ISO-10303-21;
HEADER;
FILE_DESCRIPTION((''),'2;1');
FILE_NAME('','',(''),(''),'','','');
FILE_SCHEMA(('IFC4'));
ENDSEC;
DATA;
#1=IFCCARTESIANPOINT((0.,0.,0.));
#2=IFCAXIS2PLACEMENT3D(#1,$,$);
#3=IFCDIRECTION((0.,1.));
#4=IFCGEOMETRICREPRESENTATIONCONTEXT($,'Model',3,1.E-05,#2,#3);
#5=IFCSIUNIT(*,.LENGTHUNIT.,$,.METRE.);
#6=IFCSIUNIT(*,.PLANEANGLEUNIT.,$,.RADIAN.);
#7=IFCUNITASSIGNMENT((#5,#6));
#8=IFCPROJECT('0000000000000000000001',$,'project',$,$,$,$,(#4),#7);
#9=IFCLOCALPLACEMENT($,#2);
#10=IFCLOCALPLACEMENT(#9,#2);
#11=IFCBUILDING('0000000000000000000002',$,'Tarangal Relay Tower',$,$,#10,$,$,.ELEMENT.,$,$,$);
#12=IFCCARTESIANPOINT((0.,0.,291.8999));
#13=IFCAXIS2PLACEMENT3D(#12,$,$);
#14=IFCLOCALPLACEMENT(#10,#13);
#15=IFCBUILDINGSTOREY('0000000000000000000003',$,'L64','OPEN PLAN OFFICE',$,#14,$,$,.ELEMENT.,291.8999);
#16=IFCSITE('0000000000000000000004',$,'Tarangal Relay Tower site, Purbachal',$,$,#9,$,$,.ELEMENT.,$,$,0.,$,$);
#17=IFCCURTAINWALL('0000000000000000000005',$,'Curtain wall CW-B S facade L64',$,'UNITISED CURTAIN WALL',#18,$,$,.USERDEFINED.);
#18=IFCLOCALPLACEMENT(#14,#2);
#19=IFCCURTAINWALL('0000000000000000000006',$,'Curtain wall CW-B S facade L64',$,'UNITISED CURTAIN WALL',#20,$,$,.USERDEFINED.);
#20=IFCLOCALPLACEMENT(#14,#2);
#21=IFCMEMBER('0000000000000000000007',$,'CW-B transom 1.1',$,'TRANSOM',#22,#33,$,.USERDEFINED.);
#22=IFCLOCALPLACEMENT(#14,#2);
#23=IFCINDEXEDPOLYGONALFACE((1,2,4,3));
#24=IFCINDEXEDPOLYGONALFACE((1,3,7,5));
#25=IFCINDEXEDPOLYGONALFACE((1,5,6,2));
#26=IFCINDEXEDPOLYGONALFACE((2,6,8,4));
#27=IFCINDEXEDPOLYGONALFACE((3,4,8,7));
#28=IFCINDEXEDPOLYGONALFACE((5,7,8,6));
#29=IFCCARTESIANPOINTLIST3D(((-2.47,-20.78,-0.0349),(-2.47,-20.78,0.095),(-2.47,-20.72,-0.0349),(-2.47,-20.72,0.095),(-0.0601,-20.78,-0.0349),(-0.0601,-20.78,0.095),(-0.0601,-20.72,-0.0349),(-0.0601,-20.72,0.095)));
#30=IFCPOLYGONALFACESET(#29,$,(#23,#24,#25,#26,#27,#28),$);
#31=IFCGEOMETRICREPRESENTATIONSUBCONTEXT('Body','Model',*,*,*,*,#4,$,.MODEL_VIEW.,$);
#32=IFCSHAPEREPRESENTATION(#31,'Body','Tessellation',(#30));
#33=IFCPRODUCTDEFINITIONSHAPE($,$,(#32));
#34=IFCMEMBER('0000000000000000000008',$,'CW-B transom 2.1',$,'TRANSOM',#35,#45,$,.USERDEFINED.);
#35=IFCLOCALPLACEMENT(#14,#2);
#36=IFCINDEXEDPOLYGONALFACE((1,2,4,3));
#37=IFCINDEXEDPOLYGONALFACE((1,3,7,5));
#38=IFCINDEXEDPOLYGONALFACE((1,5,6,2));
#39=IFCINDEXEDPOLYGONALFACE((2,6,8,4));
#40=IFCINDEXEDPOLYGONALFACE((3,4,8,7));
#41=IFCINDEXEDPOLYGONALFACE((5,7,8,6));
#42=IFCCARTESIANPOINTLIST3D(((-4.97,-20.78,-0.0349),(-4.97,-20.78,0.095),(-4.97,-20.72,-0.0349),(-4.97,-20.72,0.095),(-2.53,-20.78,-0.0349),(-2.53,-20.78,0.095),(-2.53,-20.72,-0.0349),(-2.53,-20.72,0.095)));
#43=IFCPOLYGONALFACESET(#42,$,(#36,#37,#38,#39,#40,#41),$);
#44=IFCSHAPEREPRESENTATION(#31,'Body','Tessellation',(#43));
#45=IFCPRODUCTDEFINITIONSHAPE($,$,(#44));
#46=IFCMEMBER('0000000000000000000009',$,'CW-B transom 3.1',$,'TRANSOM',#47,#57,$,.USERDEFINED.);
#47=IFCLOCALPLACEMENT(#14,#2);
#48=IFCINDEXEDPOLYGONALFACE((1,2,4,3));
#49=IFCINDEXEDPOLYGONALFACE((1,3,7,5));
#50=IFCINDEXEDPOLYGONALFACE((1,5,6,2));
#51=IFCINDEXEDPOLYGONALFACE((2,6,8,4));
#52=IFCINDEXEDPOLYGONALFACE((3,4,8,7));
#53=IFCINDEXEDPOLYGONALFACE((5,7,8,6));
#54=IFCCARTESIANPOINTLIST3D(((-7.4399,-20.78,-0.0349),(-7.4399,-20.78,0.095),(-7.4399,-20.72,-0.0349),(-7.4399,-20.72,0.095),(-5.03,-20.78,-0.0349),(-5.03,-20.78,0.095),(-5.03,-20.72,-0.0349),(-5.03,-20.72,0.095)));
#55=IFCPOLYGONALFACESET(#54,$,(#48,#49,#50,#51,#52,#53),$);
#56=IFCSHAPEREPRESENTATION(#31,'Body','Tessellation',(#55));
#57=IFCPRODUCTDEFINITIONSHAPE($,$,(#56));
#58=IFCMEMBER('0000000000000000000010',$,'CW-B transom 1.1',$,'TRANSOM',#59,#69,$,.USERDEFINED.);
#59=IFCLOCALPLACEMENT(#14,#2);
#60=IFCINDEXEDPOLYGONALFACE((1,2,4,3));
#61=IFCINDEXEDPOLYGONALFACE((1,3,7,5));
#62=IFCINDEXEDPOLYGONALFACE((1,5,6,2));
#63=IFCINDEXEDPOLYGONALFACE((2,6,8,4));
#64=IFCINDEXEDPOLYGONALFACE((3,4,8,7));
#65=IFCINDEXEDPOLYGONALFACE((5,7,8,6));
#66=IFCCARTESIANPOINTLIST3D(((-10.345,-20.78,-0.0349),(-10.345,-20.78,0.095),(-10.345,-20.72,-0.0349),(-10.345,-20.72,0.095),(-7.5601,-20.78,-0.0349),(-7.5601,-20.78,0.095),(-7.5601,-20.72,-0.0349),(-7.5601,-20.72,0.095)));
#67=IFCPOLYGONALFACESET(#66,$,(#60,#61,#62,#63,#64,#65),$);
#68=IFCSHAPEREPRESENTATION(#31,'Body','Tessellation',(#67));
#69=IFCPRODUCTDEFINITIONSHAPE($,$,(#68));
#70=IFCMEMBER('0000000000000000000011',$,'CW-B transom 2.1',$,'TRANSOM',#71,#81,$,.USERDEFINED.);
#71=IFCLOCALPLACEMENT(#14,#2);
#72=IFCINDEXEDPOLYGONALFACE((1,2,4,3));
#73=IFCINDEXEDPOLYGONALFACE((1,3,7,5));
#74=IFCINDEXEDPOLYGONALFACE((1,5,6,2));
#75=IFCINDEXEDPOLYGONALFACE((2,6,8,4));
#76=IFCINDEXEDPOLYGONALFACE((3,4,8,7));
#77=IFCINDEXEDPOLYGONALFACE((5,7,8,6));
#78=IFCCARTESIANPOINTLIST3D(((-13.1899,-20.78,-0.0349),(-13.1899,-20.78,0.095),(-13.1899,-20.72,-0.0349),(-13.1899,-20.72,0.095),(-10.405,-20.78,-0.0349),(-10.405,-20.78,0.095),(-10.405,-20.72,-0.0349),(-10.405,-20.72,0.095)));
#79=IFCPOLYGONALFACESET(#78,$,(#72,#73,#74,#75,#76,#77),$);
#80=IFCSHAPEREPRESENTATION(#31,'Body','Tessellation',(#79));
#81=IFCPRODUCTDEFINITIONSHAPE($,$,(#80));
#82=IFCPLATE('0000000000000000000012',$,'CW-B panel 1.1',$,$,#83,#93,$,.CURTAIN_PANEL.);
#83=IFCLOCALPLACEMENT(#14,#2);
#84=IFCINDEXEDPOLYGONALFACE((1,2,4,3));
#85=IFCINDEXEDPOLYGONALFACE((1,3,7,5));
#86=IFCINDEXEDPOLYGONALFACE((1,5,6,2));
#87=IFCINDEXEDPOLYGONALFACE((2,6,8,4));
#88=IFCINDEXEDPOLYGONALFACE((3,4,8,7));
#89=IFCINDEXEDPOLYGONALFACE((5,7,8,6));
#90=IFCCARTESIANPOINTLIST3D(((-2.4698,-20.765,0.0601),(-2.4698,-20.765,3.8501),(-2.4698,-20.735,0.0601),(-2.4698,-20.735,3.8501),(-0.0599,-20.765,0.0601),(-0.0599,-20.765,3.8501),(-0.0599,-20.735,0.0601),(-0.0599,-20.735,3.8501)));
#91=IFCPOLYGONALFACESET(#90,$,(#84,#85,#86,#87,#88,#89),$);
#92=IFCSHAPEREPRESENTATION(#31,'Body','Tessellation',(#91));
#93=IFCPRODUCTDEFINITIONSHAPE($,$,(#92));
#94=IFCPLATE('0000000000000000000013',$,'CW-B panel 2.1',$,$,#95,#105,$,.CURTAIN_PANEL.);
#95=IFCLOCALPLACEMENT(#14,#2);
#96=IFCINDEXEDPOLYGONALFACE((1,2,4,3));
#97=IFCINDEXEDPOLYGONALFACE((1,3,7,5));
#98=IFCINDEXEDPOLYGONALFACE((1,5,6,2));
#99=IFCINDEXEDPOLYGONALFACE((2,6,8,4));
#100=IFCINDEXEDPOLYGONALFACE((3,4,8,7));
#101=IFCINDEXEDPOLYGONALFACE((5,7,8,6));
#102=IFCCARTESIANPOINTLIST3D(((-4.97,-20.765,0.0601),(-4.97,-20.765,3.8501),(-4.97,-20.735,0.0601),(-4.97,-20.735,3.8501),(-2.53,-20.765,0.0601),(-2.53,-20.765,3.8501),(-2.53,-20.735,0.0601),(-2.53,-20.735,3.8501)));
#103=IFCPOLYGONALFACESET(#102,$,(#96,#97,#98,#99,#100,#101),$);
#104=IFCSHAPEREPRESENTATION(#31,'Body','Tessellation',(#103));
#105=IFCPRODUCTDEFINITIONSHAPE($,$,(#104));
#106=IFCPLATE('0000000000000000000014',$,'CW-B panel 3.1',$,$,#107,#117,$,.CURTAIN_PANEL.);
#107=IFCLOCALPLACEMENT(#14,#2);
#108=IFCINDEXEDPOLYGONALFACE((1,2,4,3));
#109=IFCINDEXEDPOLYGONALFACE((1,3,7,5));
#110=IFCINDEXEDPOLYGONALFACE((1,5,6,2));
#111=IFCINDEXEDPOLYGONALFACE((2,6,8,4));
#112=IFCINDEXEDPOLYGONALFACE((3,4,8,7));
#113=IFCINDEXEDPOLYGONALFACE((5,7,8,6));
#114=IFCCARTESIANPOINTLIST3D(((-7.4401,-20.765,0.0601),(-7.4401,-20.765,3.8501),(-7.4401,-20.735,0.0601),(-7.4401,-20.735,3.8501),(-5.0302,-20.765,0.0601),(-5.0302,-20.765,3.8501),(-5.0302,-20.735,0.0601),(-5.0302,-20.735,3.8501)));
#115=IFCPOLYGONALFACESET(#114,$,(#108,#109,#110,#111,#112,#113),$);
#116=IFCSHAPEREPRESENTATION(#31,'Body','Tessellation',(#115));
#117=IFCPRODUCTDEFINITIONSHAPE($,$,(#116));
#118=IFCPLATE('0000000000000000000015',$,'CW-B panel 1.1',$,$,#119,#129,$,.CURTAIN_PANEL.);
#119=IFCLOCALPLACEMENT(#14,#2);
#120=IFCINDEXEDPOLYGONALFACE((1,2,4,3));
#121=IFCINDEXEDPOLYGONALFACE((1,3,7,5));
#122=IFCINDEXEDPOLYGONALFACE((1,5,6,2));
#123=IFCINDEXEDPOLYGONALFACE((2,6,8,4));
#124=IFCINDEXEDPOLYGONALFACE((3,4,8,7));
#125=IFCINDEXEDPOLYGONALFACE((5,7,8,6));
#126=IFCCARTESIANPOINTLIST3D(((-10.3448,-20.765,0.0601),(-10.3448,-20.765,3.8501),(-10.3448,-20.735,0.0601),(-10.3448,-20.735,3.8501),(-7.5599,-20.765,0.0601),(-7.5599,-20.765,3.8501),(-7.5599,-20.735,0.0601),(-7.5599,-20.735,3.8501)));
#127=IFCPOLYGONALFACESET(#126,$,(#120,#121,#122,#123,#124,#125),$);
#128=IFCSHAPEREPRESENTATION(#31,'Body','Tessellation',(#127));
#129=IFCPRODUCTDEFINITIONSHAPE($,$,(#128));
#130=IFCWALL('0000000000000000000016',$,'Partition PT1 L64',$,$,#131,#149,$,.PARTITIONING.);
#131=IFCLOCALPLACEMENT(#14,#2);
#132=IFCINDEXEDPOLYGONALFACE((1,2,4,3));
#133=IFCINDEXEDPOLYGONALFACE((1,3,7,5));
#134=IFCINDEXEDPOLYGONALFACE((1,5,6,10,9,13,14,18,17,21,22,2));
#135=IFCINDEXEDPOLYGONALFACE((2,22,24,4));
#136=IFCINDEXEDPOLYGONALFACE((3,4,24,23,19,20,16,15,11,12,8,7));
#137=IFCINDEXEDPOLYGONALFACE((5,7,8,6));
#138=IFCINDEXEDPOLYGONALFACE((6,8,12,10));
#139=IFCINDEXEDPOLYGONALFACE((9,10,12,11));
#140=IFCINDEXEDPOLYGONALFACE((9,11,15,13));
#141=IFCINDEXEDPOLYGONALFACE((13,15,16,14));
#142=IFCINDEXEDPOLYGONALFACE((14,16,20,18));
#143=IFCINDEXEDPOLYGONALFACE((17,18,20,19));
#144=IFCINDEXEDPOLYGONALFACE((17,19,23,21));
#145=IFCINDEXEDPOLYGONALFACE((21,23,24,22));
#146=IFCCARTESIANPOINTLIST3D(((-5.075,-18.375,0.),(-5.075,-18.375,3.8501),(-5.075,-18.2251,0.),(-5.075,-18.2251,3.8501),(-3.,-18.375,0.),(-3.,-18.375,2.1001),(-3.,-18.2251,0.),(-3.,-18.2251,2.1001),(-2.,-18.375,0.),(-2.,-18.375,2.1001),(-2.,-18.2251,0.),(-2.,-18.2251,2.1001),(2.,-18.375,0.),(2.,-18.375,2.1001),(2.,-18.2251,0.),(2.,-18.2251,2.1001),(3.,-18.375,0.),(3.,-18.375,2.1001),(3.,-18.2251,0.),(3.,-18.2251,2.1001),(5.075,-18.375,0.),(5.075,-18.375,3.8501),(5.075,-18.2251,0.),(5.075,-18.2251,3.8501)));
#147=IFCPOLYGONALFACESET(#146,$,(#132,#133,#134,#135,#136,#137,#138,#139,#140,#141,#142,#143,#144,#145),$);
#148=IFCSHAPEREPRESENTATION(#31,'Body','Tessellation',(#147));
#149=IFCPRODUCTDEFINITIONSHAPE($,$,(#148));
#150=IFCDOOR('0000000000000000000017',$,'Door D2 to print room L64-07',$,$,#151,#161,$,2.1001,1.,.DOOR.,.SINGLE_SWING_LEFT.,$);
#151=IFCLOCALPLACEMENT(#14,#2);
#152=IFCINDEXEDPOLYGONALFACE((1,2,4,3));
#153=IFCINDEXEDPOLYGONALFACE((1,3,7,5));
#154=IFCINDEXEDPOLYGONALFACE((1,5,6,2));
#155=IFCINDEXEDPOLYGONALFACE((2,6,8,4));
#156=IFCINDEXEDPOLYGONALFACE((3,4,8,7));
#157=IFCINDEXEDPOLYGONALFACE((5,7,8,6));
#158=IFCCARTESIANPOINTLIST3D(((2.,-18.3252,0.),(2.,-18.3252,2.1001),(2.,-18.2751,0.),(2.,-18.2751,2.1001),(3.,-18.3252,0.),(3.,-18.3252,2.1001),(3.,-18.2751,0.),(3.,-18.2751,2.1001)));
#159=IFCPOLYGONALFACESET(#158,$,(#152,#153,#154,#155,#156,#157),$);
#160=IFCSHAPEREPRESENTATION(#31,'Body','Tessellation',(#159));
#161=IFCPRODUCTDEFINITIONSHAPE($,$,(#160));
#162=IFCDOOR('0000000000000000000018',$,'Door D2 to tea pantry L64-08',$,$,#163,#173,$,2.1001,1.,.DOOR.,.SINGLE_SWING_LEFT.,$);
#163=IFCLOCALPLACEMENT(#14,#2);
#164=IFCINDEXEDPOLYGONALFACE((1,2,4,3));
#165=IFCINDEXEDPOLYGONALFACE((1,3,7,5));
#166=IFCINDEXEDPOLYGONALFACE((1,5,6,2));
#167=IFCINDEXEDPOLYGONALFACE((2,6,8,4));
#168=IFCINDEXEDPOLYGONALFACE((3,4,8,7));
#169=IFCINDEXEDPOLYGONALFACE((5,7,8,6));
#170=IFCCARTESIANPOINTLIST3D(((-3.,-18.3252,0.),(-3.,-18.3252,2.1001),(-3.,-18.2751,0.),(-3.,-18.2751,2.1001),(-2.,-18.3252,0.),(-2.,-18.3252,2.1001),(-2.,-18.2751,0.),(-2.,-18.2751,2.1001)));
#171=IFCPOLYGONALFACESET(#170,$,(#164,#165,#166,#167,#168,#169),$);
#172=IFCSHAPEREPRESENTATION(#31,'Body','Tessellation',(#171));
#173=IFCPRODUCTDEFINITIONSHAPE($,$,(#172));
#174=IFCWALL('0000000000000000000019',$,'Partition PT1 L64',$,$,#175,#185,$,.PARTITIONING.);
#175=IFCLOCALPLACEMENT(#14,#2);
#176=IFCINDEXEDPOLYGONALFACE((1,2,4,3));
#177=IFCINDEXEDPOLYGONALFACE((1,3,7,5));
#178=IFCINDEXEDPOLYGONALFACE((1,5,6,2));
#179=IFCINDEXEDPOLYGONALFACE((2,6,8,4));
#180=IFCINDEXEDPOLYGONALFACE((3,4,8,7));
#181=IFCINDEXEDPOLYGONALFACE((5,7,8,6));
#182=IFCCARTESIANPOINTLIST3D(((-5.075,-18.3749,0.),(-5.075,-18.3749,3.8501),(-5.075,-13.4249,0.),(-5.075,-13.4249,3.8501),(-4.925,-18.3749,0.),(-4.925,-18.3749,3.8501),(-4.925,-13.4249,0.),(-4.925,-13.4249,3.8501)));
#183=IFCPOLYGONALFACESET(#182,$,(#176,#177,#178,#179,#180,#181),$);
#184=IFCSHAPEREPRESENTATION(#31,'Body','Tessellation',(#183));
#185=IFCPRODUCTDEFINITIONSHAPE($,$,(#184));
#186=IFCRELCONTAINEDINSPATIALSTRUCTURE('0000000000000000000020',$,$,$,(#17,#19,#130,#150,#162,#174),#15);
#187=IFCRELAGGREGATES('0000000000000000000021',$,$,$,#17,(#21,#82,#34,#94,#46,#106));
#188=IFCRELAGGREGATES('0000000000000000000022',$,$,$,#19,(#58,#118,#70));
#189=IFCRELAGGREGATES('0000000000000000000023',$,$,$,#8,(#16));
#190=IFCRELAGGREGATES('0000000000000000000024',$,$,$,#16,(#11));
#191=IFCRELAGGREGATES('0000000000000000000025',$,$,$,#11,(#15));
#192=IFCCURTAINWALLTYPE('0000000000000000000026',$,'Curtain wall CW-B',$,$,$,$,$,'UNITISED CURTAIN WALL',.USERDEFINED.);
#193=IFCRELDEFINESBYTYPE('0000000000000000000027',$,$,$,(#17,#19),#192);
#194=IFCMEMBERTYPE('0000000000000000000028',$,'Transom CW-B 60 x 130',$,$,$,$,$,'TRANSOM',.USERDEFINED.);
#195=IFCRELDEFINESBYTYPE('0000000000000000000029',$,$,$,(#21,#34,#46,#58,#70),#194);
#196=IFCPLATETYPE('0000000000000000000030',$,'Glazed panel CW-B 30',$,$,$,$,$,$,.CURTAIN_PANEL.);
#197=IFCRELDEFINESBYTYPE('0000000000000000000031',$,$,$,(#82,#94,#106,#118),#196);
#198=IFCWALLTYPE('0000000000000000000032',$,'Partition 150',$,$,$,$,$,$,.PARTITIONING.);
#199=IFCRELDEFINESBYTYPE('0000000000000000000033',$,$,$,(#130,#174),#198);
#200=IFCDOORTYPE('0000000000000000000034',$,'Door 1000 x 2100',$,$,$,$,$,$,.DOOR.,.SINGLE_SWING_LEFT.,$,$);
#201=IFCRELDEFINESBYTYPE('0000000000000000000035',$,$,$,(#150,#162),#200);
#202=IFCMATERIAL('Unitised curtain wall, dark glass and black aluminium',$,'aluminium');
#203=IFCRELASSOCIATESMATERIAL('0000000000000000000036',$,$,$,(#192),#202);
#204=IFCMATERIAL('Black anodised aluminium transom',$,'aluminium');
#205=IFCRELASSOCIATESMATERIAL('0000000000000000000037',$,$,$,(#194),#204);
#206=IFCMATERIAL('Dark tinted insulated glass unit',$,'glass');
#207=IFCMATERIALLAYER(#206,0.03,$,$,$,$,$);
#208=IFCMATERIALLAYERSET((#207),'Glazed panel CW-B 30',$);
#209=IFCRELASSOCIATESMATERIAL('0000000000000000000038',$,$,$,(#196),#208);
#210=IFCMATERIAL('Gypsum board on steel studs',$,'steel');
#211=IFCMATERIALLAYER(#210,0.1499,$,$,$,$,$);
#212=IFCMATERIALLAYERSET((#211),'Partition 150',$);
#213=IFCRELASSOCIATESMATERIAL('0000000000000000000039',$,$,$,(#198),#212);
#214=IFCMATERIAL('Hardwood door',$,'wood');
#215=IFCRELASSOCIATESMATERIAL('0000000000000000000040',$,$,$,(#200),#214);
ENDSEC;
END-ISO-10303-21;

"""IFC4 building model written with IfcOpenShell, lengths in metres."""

from ifc_helpers import new_model, si_unit, direction, frame, frame_2d, origin, origin_2d, place, context, subcontext, project, spatial, rectangle, extrude, material, layer, layer_set, material_profile, profile_set, type_object, element, fill, aggregate, save


model = new_model("IFC4")

# Units and contexts
model_context = context("Model", 3, precision=1e-05, world=origin(), true_north=direction((0.0, 1.0)))
body_context = subcontext(model_context, "Body", "Model", "MODEL_VIEW")
ifc_project = project(units=[si_unit("LENGTHUNIT", "METRE"), si_unit("PLANEANGLEUNIT", "RADIAN")], contexts=[model_context])

# Site, building, storey
site_placement = place(None, origin())
site = spatial("IfcSite", under=ifc_project, at=site_placement, Name="Tarangal Relay Tower site, Purbachal", CompositionType="ELEMENT", RefElevation=0.0)
building_placement = place(site_placement, origin())
building = spatial("IfcBuilding", under=site, at=building_placement, Name="Tarangal Relay Tower", CompositionType="ELEMENT")
storey_placement = place(building_placement, frame((0.0, 0.0, 291.8999)))
storey = spatial("IfcBuildingStorey", under=building, at=storey_placement, Name="L64", Description="OPEN PLAN OFFICE", CompositionType="ELEMENT", Elevation=291.8999)

# Curtain walls
ifc_material_1 = material(Name="Unitised curtain wall, dark glass and black aluminium", Category="aluminium")
curtain_wall_type = type_object("IfcCurtainWallType", Name="Curtain wall CW-B", ElementType="UNITISED CURTAIN WALL", PredefinedType="USERDEFINED", material=ifc_material_1)
curtain_wall_1_placement = place(storey_placement, origin())
curtain_wall_1 = element("IfcCurtainWall", 1, at=curtain_wall_1_placement, inside=storey, type_object=curtain_wall_type, Name="Curtain wall CW-B S facade L64", ObjectType="UNITISED CURTAIN WALL", PredefinedType="USERDEFINED")
curtain_wall_2_placement = place(storey_placement, origin())
curtain_wall_2 = element("IfcCurtainWall", 2, at=curtain_wall_2_placement, inside=storey, type_object=curtain_wall_type, Name="Curtain wall CW-B S facade L64", ObjectType="UNITISED CURTAIN WALL", PredefinedType="USERDEFINED")

# Members
ifc_material_2 = material(Name="Black anodised aluminium transom", Category="aluminium")
ifc_material_profile_1 = material_profile(ifc_material_2, rectangle(XDim=0.0601, YDim=0.1299, at=origin_2d()), Name="CW-BT 60X130")
ifc_profile_set_1 = profile_set([ifc_material_profile_1], Name="Black anodised aluminium transom")
member_type_1 = type_object("IfcMemberType", Name="Transom CW-B 60 x 130", ElementType="TRANSOM", PredefinedType="USERDEFINED", material=ifc_profile_set_1)
member_1_placement = place(storey_placement, frame((-0.0601, -20.75, 0.03), z_axis=(-1.0, 0.0, 0.0), x_axis=(0.0, -1.0, 0.0)))
member_1 = element("IfcMember", 3, at=member_1_placement, type_object=member_type_1, Name="CW-B transom 1.1", ObjectType="TRANSOM", PredefinedType="USERDEFINED", context=body_context, shape_type="SweptSolid", body=[
    extrude(rectangle(XDim=0.0601, YDim=0.1299, at=origin_2d()), origin(), (0.0, 0.0, 1.0), 2.4099),
])
member_2_placement = place(storey_placement, frame((-2.53, -20.75, 0.03), z_axis=(-1.0, 0.0, 0.0), x_axis=(0.0, -1.0, 0.0)))
member_2 = element("IfcMember", 4, at=member_2_placement, type_object=member_type_1, Name="CW-B transom 2.1", ObjectType="TRANSOM", PredefinedType="USERDEFINED", context=body_context, shape_type="SweptSolid", body=[
    extrude(rectangle(XDim=0.0601, YDim=0.1299, at=origin_2d()), origin(), (0.0, 0.0, 1.0), 2.4399),
])
member_3_placement = place(storey_placement, frame((-5.03, -20.75, 0.03), z_axis=(-1.0, 0.0, 0.0), x_axis=(0.0, -1.0, 0.0)))
member_3 = element("IfcMember", 5, at=member_3_placement, type_object=member_type_1, Name="CW-B transom 3.1", ObjectType="TRANSOM", PredefinedType="USERDEFINED", context=body_context, shape_type="SweptSolid", body=[
    extrude(rectangle(XDim=0.0601, YDim=0.1299, at=origin_2d()), origin(), (0.0, 0.0, 1.0), 2.4099),
])
member_4_placement = place(storey_placement, frame((-7.5601, -20.75, 0.03), z_axis=(-1.0, 0.0, 0.0), x_axis=(0.0, -1.0, 0.0)))
member_4 = element("IfcMember", 6, at=member_4_placement, type_object=member_type_1, Name="CW-B transom 1.1", ObjectType="TRANSOM", PredefinedType="USERDEFINED", context=body_context, shape_type="SweptSolid", body=[
    extrude(rectangle(XDim=0.0601, YDim=0.1299, at=origin_2d()), origin(), (0.0, 0.0, 1.0), 2.7849),
])
member_5_placement = place(storey_placement, frame((-10.405, -20.75, 0.03), z_axis=(-1.0, 0.0, 0.0), x_axis=(0.0, -1.0, 0.0)))
member_5 = element("IfcMember", 7, at=member_5_placement, type_object=member_type_1, Name="CW-B transom 2.1", ObjectType="TRANSOM", PredefinedType="USERDEFINED", context=body_context, shape_type="SweptSolid", body=[
    extrude(rectangle(XDim=0.0601, YDim=0.1299, at=origin_2d()), origin(), (0.0, 0.0, 1.0), 2.7849),
])

# Plates
ifc_material_3 = material(Name="Dark tinted insulated glass unit", Category="glass")
ifc_layer_1 = layer(ifc_material_3, 0.03)
ifc_layer_set_1 = layer_set([ifc_layer_1], Name="Glazed panel CW-B 30")
plate_type = type_object("IfcPlateType", Name="Glazed panel CW-B 30", PredefinedType="CURTAIN_PANEL", material=ifc_layer_set_1)
plate_1_placement = place(storey_placement, frame((-1.2649, -20.75, 0.0601), z_axis=(0.0, 0.0, 1.0), x_axis=(-1.0, 0.0, 0.0)))
plate_1 = element("IfcPlate", 8, at=plate_1_placement, type_object=plate_type, Name="CW-B panel 1.1", PredefinedType="CURTAIN_PANEL", context=body_context, shape_type="SweptSolid", body=[
    extrude(rectangle(XDim=2.4099, YDim=0.03, at=origin_2d()), origin(), (0.0, 0.0, 1.0), 3.79),
])
plate_2_placement = place(storey_placement, frame((-3.75, -20.75, 0.0601), z_axis=(0.0, 0.0, 1.0), x_axis=(-1.0, 0.0, 0.0)))
plate_2 = element("IfcPlate", 9, at=plate_2_placement, type_object=plate_type, Name="CW-B panel 2.1", PredefinedType="CURTAIN_PANEL", context=body_context, shape_type="SweptSolid", body=[
    extrude(rectangle(XDim=2.4399, YDim=0.03, at=origin_2d()), origin(), (0.0, 0.0, 1.0), 3.79),
])
plate_3_placement = place(storey_placement, frame((-6.2351, -20.75, 0.0601), z_axis=(0.0, 0.0, 1.0), x_axis=(-1.0, 0.0, 0.0)))
plate_3 = element("IfcPlate", 10, at=plate_3_placement, type_object=plate_type, Name="CW-B panel 3.1", PredefinedType="CURTAIN_PANEL", context=body_context, shape_type="SweptSolid", body=[
    extrude(rectangle(XDim=2.4099, YDim=0.03, at=origin_2d()), origin(), (0.0, 0.0, 1.0), 3.79),
])
aggregate(curtain_wall_1, [member_1, plate_1, member_2, plate_2, member_3, plate_3])
plate_4_placement = place(storey_placement, frame((-8.9524, -20.75, 0.0601), z_axis=(0.0, 0.0, 1.0), x_axis=(-1.0, 0.0, 0.0)))
plate_4 = element("IfcPlate", 11, at=plate_4_placement, type_object=plate_type, Name="CW-B panel 1.1", PredefinedType="CURTAIN_PANEL", context=body_context, shape_type="SweptSolid", body=[
    extrude(rectangle(XDim=2.7849, YDim=0.03, at=origin_2d()), origin(), (0.0, 0.0, 1.0), 3.79),
])
aggregate(curtain_wall_2, [member_4, plate_4, member_5])

# Wall, openings, doors
ifc_material_4 = material(Name="Gypsum board on steel studs", Category="steel")
ifc_layer_2 = layer(ifc_material_4, 0.1499)
ifc_layer_set_2 = layer_set([ifc_layer_2], Name="Partition 150")
wall_type = type_object("IfcWallType", Name="Partition 150", PredefinedType="PARTITIONING", material=ifc_layer_set_2)
wall_1_placement = place(storey_placement, frame((-5.075, -18.3, 0.0), z_axis=(0.0, 0.0, 1.0), x_axis=(1.0, 0.0, 0.0)))
wall_1 = element("IfcWall", 12, at=wall_1_placement, inside=storey, type_object=wall_type, Name="Partition PT1 L64", PredefinedType="PARTITIONING", context=body_context, shape_type="SweptSolid", body=[
    extrude(rectangle(XDim=10.1499, YDim=0.1499, at=frame_2d((5.075, 0.0))), origin(), (0.0, 0.0, 1.0), 3.8501),
])
opening_1_placement = place(wall_1_placement, frame((7.075, 0.0, 0.0)))
opening_1 = element("IfcOpeningElement", 13, at=opening_1_placement, cuts=wall_1, PredefinedType="OPENING", context=body_context, shape_type="SweptSolid", body=[
    extrude(rectangle(XDim=1.0, YDim=2.1001, at=frame_2d((0.5, 1.05))), frame((0.0, 0.085, 0.0), z_axis=(0.0, -1.0, 0.0), x_axis=(1.0, 0.0, 0.0)), (0.0, 0.0, 1.0), 0.1699),
])
opening_2_placement = place(wall_1_placement, frame((2.075, 0.0, 0.0)))
opening_2 = element("IfcOpeningElement", 14, at=opening_2_placement, cuts=wall_1, PredefinedType="OPENING", context=body_context, shape_type="SweptSolid", body=[
    extrude(rectangle(XDim=1.0, YDim=2.1001, at=frame_2d((0.5, 1.05))), frame((0.0, 0.085, 0.0), z_axis=(0.0, -1.0, 0.0), x_axis=(1.0, 0.0, 0.0)), (0.0, 0.0, 1.0), 0.1699),
])
ifc_material_5 = material(Name="Hardwood door", Category="wood")
door_type = type_object("IfcDoorType", Name="Door 1000 x 2100", OperationType="SINGLE_SWING_LEFT", PredefinedType="DOOR", material=ifc_material_5)
door_1_placement = place(opening_1_placement, origin())
door_1 = element("IfcDoor", 15, at=door_1_placement, inside=storey, type_object=door_type, Name="Door D2 to print room L64-07", OperationType="SINGLE_SWING_LEFT", OverallHeight=2.1001, OverallWidth=1.0, PredefinedType="DOOR", context=body_context, shape_type="SweptSolid", body=[
    extrude(rectangle(XDim=1.0, YDim=2.1001, at=frame_2d((0.5, 1.05))), frame((0.0, 0.0249, 0.0), z_axis=(0.0, -1.0, 0.0), x_axis=(1.0, 0.0, 0.0)), (0.0, 0.0, 1.0), 0.05),
])
fill(opening_1, door_1)
door_2_placement = place(opening_2_placement, origin())
door_2 = element("IfcDoor", 16, at=door_2_placement, inside=storey, type_object=door_type, Name="Door D2 to tea pantry L64-08", OperationType="SINGLE_SWING_LEFT", OverallHeight=2.1001, OverallWidth=1.0, PredefinedType="DOOR", context=body_context, shape_type="SweptSolid", body=[
    extrude(rectangle(XDim=1.0, YDim=2.1001, at=frame_2d((0.5, 1.05))), frame((0.0, 0.0249, 0.0), z_axis=(0.0, -1.0, 0.0), x_axis=(1.0, 0.0, 0.0)), (0.0, 0.0, 1.0), 0.05),
])
fill(opening_2, door_2)

# Wall
wall_2_placement = place(storey_placement, frame((-5.0, -18.375, 0.0), z_axis=(0.0, 0.0, 1.0), x_axis=(0.0, 1.0, 0.0)))
element("IfcWall", 17, at=wall_2_placement, inside=storey, type_object=wall_type, Name="Partition PT1 L64", PredefinedType="PARTITIONING", context=body_context, shape_type="SweptSolid", body=[
    extrude(rectangle(XDim=4.95, YDim=0.1499, at=frame_2d((2.4751, 0.0))), origin(), (0.0, 0.0, 1.0), 3.8501),
])

save(model, "model.ifc")
